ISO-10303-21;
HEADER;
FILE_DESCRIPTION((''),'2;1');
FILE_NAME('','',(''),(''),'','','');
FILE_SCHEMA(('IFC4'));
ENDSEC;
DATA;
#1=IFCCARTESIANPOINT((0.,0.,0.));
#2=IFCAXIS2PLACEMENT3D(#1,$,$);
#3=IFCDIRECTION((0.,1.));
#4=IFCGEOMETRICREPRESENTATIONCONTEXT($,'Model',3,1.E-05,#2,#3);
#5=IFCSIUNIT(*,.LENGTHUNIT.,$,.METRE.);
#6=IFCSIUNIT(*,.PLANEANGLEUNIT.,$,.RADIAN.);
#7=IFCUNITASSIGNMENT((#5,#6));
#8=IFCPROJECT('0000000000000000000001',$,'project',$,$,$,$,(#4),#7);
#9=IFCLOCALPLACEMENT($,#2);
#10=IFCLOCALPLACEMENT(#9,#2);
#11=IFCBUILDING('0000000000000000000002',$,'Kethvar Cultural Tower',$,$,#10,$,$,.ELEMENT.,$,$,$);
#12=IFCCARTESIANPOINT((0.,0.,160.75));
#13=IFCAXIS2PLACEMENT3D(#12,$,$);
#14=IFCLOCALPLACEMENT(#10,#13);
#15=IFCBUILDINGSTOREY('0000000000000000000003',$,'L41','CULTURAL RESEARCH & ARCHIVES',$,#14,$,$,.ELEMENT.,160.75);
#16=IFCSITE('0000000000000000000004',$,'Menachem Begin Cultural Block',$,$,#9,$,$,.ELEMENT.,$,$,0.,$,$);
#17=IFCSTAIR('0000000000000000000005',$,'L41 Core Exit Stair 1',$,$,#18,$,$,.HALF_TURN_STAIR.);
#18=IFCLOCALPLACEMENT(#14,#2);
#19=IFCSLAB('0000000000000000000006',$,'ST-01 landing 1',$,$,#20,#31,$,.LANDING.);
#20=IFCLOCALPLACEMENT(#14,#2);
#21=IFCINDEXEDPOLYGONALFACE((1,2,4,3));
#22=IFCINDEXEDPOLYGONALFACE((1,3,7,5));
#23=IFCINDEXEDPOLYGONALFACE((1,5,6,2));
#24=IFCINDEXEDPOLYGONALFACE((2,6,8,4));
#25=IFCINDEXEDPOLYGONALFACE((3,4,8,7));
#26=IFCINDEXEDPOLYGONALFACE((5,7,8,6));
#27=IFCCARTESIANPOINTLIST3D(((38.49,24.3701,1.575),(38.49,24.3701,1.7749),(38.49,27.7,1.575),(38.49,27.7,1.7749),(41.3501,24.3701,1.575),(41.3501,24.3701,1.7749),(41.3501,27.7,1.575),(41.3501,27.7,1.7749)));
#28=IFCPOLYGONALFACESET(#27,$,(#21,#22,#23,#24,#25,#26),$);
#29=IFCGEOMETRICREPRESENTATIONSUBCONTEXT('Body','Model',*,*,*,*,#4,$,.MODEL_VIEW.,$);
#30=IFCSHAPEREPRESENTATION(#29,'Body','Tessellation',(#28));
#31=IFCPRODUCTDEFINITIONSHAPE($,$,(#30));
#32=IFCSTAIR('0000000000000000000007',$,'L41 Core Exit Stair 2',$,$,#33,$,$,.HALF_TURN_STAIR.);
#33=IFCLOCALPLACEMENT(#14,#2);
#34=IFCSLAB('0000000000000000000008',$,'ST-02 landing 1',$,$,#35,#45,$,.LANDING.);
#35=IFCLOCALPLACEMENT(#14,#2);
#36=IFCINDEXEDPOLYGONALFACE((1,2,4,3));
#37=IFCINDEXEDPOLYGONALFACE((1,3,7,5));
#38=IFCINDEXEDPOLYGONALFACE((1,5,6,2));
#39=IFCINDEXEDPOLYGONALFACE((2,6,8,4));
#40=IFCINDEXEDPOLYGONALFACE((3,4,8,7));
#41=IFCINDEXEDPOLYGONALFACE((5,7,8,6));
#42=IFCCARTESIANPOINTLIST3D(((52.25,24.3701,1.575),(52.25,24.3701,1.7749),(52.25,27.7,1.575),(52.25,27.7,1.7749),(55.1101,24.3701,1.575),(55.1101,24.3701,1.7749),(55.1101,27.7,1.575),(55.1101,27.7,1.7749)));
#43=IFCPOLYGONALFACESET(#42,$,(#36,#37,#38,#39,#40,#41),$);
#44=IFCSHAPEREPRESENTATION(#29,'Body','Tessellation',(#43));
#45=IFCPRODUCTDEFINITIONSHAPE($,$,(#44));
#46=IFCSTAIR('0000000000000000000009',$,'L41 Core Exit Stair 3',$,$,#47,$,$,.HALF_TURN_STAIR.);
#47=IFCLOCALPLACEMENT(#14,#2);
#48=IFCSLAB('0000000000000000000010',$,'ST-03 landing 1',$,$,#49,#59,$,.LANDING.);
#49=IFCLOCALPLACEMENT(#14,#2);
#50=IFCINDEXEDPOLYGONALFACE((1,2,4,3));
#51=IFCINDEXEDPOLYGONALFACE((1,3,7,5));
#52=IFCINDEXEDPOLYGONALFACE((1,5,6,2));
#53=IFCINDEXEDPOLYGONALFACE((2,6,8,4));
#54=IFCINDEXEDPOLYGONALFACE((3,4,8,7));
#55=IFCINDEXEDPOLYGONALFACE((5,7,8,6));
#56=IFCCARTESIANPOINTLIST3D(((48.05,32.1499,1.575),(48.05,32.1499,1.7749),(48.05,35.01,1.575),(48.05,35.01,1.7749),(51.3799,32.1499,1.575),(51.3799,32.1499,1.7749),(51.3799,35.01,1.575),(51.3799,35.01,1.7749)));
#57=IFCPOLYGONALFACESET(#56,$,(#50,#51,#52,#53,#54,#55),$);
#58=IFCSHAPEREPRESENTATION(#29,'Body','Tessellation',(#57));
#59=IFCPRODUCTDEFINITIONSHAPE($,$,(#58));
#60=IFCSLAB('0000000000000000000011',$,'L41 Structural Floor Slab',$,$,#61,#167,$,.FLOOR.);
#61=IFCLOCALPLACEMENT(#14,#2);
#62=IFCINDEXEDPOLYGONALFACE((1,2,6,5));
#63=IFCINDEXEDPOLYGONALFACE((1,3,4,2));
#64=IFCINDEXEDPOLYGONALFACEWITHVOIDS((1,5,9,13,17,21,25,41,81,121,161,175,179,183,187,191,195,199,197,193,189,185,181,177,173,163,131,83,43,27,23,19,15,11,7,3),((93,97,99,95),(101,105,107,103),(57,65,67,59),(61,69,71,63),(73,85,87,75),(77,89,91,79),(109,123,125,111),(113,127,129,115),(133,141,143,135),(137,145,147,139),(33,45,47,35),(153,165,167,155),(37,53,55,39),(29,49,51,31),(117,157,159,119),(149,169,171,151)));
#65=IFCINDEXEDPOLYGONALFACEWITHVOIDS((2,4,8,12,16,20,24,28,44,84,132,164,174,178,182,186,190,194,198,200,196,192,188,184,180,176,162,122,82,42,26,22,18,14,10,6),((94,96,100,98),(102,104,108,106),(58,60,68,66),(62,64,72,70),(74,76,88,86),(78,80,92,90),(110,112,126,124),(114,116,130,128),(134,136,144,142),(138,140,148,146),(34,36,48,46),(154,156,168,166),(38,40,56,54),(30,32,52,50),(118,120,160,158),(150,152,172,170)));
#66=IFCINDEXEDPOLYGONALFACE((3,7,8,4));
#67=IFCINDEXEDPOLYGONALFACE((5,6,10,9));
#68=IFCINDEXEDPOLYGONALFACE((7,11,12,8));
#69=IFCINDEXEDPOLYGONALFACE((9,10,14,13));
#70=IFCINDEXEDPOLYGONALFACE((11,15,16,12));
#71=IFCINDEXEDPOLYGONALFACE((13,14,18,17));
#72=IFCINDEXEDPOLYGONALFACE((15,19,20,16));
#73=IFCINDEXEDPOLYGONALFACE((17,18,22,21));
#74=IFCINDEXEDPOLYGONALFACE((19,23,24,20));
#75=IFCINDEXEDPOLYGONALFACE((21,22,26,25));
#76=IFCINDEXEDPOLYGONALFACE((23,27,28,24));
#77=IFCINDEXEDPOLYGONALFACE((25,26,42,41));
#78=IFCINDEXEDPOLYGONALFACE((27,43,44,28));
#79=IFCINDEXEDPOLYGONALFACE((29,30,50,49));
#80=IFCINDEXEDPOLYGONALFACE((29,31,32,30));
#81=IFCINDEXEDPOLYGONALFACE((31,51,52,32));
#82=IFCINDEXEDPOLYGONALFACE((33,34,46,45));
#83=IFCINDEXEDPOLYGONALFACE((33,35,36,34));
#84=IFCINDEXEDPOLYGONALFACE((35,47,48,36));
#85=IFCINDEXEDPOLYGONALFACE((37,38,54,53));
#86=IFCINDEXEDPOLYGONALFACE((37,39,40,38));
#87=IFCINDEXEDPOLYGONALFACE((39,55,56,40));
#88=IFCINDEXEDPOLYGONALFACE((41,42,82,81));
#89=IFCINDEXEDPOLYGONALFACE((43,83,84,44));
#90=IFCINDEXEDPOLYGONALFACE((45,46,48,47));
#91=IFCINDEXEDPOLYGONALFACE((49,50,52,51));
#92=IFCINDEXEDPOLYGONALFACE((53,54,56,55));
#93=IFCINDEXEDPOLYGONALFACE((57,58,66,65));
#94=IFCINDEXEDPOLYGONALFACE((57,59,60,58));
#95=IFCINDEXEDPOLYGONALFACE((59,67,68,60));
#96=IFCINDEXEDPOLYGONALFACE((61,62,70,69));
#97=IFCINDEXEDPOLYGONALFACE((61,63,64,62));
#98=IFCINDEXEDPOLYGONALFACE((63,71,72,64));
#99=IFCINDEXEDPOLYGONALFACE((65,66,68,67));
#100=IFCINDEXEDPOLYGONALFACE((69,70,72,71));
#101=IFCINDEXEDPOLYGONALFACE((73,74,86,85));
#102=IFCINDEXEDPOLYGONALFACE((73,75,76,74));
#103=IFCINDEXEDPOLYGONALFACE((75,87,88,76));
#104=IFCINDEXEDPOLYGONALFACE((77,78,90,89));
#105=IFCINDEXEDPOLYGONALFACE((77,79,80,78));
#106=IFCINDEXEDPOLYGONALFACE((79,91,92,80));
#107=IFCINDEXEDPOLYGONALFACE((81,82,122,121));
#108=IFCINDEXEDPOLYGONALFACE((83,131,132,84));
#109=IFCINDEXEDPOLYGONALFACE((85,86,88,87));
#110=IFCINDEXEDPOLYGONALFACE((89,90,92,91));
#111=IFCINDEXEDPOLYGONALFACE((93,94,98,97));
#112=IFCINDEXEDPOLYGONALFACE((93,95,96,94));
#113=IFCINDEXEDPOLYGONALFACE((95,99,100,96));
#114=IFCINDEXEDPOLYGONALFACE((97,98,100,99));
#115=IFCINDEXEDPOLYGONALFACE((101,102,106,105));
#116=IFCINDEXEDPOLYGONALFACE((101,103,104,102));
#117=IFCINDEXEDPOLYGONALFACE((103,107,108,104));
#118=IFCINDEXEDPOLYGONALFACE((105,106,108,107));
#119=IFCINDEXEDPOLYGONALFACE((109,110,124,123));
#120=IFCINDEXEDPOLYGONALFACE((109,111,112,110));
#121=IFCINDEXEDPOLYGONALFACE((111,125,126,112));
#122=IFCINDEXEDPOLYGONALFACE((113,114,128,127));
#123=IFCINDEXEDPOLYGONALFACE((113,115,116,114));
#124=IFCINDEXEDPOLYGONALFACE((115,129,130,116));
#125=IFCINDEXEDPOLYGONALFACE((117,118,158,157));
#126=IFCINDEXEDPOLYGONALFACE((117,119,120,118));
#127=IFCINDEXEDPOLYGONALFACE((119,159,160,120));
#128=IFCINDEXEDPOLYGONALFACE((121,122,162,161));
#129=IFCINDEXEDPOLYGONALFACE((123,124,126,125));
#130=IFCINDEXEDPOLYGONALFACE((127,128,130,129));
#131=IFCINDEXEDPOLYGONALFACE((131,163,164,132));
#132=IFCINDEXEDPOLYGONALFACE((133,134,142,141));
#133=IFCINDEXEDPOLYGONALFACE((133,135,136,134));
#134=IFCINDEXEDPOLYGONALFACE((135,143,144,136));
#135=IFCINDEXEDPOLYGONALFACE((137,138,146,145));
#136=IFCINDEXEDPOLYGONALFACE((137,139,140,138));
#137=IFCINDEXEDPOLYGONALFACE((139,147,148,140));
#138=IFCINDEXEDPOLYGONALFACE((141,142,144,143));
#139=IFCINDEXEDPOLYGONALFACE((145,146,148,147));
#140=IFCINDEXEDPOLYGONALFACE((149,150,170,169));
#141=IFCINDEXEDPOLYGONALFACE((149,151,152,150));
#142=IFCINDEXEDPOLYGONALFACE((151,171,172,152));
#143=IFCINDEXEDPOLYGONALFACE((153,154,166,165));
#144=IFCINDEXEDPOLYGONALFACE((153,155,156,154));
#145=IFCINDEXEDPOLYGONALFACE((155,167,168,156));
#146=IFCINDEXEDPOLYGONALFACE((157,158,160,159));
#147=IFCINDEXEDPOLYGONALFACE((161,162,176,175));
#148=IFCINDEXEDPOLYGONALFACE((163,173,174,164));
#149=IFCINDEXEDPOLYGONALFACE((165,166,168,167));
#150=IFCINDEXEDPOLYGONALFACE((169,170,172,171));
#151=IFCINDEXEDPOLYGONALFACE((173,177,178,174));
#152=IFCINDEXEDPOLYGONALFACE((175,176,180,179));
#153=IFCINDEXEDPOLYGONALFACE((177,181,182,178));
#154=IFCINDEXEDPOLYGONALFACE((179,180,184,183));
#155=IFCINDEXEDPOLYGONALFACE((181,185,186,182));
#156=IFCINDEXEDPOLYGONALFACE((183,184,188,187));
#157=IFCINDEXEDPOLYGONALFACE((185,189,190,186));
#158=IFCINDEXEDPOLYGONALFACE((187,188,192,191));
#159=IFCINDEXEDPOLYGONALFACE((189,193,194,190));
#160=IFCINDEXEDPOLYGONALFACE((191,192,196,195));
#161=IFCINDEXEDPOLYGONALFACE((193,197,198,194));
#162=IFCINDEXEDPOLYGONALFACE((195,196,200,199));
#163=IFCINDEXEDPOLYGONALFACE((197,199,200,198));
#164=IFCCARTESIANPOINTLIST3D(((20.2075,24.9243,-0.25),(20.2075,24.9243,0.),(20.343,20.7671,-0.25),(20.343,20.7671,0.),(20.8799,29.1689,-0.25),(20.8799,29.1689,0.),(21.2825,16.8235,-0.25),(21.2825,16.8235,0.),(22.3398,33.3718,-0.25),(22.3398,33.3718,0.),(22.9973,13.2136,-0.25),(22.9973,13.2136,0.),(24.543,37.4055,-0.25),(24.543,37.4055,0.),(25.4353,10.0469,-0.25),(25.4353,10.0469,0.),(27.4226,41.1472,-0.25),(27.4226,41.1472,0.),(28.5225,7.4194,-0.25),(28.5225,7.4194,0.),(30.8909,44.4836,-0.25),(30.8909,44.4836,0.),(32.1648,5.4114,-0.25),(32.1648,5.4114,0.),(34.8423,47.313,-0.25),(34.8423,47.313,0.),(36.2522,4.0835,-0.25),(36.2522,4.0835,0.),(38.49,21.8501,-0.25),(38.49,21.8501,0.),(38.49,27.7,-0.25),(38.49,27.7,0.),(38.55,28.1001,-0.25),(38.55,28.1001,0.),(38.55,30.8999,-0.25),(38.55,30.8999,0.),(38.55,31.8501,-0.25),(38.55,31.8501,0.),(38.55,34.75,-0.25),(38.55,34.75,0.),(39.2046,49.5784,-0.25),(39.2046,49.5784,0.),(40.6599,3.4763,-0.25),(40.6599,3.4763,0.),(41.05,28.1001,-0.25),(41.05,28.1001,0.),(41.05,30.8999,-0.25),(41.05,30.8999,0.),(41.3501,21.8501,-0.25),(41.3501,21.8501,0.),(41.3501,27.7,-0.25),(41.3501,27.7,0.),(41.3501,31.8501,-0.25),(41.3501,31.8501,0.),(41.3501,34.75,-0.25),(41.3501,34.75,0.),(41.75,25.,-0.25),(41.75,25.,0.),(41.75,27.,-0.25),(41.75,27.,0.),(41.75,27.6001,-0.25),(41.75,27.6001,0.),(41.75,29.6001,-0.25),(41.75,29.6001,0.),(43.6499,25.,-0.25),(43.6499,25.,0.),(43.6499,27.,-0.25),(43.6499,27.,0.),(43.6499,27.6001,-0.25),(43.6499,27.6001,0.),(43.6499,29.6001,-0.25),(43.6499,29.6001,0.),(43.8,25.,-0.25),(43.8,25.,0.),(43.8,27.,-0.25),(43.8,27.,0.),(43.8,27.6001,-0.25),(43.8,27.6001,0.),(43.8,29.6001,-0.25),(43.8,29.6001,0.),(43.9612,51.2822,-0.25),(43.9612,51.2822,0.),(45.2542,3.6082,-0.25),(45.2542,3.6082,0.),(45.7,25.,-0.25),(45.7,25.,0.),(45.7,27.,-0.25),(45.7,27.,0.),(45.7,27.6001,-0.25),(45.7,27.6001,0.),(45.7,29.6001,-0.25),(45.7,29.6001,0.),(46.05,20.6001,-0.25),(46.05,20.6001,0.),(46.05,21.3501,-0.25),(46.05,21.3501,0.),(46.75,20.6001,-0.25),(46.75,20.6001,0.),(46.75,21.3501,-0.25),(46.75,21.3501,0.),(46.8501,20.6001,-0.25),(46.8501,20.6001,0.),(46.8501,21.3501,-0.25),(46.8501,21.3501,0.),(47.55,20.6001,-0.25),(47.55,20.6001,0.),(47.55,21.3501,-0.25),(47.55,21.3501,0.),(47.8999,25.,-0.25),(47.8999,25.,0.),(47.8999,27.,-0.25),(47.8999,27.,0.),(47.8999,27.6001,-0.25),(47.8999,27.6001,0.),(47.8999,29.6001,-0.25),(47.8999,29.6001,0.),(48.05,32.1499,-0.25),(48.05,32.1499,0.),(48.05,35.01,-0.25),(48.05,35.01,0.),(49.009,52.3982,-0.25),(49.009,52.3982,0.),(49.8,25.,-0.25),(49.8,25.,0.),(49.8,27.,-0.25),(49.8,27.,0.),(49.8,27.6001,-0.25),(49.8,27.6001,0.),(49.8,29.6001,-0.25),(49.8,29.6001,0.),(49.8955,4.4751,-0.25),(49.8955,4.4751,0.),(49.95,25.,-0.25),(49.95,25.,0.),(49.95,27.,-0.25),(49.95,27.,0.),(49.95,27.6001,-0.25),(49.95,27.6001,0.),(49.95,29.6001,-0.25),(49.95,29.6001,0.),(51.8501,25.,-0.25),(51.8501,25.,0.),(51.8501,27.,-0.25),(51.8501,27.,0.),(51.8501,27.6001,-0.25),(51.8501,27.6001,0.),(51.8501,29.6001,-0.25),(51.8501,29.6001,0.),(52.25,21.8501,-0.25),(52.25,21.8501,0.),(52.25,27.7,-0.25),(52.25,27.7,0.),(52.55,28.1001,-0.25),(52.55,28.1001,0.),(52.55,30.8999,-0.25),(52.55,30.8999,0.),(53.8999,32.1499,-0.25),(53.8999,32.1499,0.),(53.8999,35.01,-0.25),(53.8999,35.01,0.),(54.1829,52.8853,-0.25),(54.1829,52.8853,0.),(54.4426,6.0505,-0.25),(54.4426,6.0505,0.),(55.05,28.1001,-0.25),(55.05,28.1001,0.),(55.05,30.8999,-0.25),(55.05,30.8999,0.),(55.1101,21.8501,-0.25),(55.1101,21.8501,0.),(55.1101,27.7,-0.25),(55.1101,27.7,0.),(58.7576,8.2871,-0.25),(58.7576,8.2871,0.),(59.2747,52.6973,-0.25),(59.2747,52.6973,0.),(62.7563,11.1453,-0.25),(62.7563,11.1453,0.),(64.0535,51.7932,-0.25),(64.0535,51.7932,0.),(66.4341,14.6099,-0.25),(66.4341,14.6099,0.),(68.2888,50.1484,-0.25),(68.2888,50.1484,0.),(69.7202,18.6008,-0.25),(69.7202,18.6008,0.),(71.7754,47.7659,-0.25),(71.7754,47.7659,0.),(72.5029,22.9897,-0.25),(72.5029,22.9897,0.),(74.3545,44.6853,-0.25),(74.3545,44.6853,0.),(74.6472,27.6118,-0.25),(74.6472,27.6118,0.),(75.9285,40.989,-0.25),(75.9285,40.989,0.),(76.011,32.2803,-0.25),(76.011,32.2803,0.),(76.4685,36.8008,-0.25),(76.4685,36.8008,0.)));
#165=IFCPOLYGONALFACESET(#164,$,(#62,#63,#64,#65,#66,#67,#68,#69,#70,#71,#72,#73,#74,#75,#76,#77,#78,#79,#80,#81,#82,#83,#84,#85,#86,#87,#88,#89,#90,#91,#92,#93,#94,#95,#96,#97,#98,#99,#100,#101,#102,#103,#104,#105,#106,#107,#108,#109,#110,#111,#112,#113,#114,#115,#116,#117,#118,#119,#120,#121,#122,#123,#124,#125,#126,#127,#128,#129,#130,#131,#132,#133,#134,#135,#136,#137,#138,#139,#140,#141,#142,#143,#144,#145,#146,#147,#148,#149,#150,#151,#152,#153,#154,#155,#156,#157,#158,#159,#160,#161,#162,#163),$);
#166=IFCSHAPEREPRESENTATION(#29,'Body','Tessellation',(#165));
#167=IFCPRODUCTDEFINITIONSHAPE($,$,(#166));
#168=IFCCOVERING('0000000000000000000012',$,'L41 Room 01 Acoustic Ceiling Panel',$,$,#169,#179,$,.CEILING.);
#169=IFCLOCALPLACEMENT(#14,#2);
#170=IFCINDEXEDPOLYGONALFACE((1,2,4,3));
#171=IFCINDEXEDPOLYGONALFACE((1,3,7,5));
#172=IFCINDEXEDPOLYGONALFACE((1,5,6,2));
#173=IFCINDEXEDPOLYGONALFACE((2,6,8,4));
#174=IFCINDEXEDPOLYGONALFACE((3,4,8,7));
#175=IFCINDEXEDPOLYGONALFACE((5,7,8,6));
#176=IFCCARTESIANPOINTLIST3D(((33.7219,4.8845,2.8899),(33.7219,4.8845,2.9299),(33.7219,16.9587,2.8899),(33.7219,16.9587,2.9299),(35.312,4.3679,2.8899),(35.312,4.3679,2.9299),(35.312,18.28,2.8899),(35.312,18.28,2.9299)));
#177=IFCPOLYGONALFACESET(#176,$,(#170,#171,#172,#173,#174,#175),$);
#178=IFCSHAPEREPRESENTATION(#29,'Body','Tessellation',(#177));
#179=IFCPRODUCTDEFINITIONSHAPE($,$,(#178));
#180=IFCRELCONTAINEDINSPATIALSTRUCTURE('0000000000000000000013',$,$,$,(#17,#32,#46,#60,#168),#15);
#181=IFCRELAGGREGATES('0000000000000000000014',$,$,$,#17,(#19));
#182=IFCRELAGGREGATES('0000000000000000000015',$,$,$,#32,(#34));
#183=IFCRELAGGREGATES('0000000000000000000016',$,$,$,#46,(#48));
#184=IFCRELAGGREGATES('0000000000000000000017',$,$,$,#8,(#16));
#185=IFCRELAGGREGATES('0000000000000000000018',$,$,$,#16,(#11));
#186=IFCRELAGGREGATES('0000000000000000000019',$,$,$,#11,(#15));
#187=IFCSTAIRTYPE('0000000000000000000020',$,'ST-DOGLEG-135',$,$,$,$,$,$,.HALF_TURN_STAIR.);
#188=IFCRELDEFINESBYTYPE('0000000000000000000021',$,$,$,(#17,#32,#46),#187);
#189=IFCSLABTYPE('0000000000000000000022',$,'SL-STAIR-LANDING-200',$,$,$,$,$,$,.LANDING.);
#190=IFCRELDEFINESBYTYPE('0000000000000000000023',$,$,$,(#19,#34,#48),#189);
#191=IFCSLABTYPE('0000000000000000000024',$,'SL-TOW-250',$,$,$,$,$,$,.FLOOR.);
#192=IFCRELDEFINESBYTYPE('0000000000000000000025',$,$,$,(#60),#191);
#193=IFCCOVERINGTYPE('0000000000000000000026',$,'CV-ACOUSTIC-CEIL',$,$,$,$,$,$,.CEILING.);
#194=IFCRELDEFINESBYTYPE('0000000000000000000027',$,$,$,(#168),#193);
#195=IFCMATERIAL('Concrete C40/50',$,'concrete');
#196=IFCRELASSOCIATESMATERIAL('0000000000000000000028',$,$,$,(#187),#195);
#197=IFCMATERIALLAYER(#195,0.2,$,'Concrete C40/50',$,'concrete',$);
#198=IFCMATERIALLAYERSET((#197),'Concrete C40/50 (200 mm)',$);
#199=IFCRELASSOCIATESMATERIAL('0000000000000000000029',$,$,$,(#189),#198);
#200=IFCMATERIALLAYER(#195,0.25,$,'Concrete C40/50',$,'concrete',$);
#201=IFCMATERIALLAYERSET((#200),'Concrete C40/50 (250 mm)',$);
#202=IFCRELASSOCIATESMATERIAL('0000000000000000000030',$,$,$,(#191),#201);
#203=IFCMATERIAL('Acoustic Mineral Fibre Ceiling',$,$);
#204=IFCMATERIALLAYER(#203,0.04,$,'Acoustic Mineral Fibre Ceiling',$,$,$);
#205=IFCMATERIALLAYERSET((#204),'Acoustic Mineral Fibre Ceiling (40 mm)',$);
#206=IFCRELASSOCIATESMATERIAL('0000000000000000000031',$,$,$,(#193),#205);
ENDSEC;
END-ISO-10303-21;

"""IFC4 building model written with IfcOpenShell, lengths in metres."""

from ifc_helpers import new_model, si_unit, direction, frame, origin, place, context, subcontext, project, spatial, polyline, outline, extrude, material, layer, layer_set, type_object, element, aggregate, save


model = new_model("IFC4")

# Units and contexts
model_context = context("Model", 3, precision=1e-05, world=origin(), true_north=direction((0.0, 1.0)))
body_context = subcontext(model_context, "Body", "Model", "MODEL_VIEW")
ifc_project = project(units=[si_unit("LENGTHUNIT", "METRE"), si_unit("PLANEANGLEUNIT", "RADIAN")], contexts=[model_context])

# Site, building, storey
site_placement = place(None, origin())
site = spatial("IfcSite", under=ifc_project, at=site_placement, Name="Menachem Begin Cultural Block", CompositionType="ELEMENT", RefElevation=0.0)
building_placement = place(site_placement, origin())
building = spatial("IfcBuilding", under=site, at=building_placement, Name="Kethvar Cultural Tower", CompositionType="ELEMENT")
storey_placement = place(building_placement, frame((0.0, 0.0, 160.75)))
storey = spatial("IfcBuildingStorey", under=building, at=storey_placement, Name="L41", Description="CULTURAL RESEARCH & ARCHIVES", CompositionType="ELEMENT", Elevation=160.75)

# Stairs, slabs
ifc_material_1 = material(Name="Concrete C40/50", Category="concrete")
stair_type = type_object("IfcStairType", Name="ST-DOGLEG-135", PredefinedType="HALF_TURN_STAIR", material=ifc_material_1)
stair_1_placement = place(storey_placement, origin())
stair_1 = element("IfcStair", 1, at=stair_1_placement, inside=storey, type_object=stair_type, Name="L41 Core Exit Stair 1", PredefinedType="HALF_TURN_STAIR")
ifc_layer_1 = layer(ifc_material_1, 0.2, Name="Concrete C40/50", Category="concrete")
ifc_layer_set_1 = layer_set([ifc_layer_1], Name="Concrete C40/50 (200 mm)")
slab_type_1 = type_object("IfcSlabType", Name="SL-STAIR-LANDING-200", PredefinedType="LANDING", material=ifc_layer_set_1)
slab_1_placement = place(storey_placement, frame((0.0, 0.0, 1.575)))
slab_1 = element("IfcSlab", 2, at=slab_1_placement, type_object=slab_type_1, Name="ST-01 landing 1", PredefinedType="LANDING", context=body_context, shape_type="SweptSolid", body=[
    extrude(outline(polyline([(41.3501, 24.3701), (41.3501, 27.7), (38.49, 27.7), (38.49, 24.3701), (41.3501, 24.3701)])), origin(), (0.0, 0.0, 1.0), 0.2),
])
aggregate(stair_1, [slab_1])
stair_2_placement = place(storey_placement, origin())
stair_2 = element("IfcStair", 3, at=stair_2_placement, inside=storey, type_object=stair_type, Name="L41 Core Exit Stair 2", PredefinedType="HALF_TURN_STAIR")
slab_2_placement = place(storey_placement, frame((0.0, 0.0, 1.575)))
slab_2 = element("IfcSlab", 4, at=slab_2_placement, type_object=slab_type_1, Name="ST-02 landing 1", PredefinedType="LANDING", context=body_context, shape_type="SweptSolid", body=[
    extrude(outline(polyline([(55.1101, 24.3701), (55.1101, 27.7), (52.25, 27.7), (52.25, 24.3701), (55.1101, 24.3701)])), origin(), (0.0, 0.0, 1.0), 0.2),
])
aggregate(stair_2, [slab_2])
stair_3_placement = place(storey_placement, origin())
stair_3 = element("IfcStair", 5, at=stair_3_placement, inside=storey, type_object=stair_type, Name="L41 Core Exit Stair 3", PredefinedType="HALF_TURN_STAIR")
slab_3_placement = place(storey_placement, frame((0.0, 0.0, 1.575)))
slab_3 = element("IfcSlab", 6, at=slab_3_placement, type_object=slab_type_1, Name="ST-03 landing 1", PredefinedType="LANDING", context=body_context, shape_type="SweptSolid", body=[
    extrude(outline(polyline([(51.3799, 35.01), (48.05, 35.01), (48.05, 32.1499), (51.3799, 32.1499), (51.3799, 35.01)])), origin(), (0.0, 0.0, 1.0), 0.2),
])
aggregate(stair_3, [slab_3])

# Slab
ifc_layer_2 = layer(ifc_material_1, 0.25, Name="Concrete C40/50", Category="concrete")
ifc_layer_set_2 = layer_set([ifc_layer_2], Name="Concrete C40/50 (250 mm)")
slab_type_2 = type_object("IfcSlabType", Name="SL-TOW-250", PredefinedType="FLOOR", material=ifc_layer_set_2)
slab_4_placement = place(storey_placement, frame((0.0, 0.0, -0.25)))
element("IfcSlab", 7, at=slab_4_placement, inside=storey, type_object=slab_type_2, Name="L41 Structural Floor Slab", PredefinedType="FLOOR", context=body_context, shape_type="SweptSolid", body=[
    extrude(outline(polyline([(74.3545, 44.6853), (71.7754, 47.7659), (68.2888, 50.1484), (64.0535, 51.7932), (59.2747, 52.6973), (54.1829, 52.8853), (49.009, 52.3982), (43.9612, 51.2822), (39.2046, 49.5784), (34.8423, 47.313), (30.8909, 44.4836), (27.4226, 41.1472), (24.543, 37.4055), (22.3398, 33.3718), (20.8799, 29.1689), (20.2075, 24.9243), (20.343, 20.7671), (21.2825, 16.8235), (22.9973, 13.2136), (25.4353, 10.0469), (28.5225, 7.4194), (32.1648, 5.4114), (36.2522, 4.0835), (40.6599, 3.4763), (45.2542, 3.6082), (49.8955, 4.4751), (54.4426, 6.0505), (58.7576, 8.2871), (62.7563, 11.1453), (66.4341, 14.6099), (69.7202, 18.6008), (72.5029, 22.9897), (74.6472, 27.6118), (76.011, 32.2803), (76.4685, 36.8008), (75.9285, 40.989), (74.3545, 44.6853)]), holes=[polyline([(38.49, 21.8501), (38.49, 27.7), (41.3501, 27.7), (41.3501, 21.8501), (38.49, 21.8501)]), polyline([(52.25, 21.8501), (52.25, 27.7), (55.1101, 27.7), (55.1101, 21.8501), (52.25, 21.8501)]), polyline([(53.8999, 32.1499), (48.05, 32.1499), (48.05, 35.01), (53.8999, 35.01), (53.8999, 32.1499)]), polyline([(41.75, 27.0), (43.6499, 27.0), (43.6499, 25.0), (41.75, 25.0), (41.75, 27.0)]), polyline([(43.8, 27.0), (45.7, 27.0), (45.7, 25.0), (43.8, 25.0), (43.8, 27.0)]), polyline([(47.8999, 27.0), (49.8, 27.0), (49.8, 25.0), (47.8999, 25.0), (47.8999, 27.0)]), polyline([(49.95, 27.0), (51.8501, 27.0), (51.8501, 25.0), (49.95, 25.0), (49.95, 27.0)]), polyline([(41.75, 29.6001), (43.6499, 29.6001), (43.6499, 27.6001), (41.75, 27.6001), (41.75, 29.6001)]), polyline([(43.8, 29.6001), (45.7, 29.6001), (45.7, 27.6001), (43.8, 27.6001), (43.8, 29.6001)]), polyline([(47.8999, 29.6001), (49.8, 29.6001), (49.8, 27.6001), (47.8999, 27.6001), (47.8999, 29.6001)]), polyline([(49.95, 29.6001), (51.8501, 29.6001), (51.8501, 27.6001), (49.95, 27.6001), (49.95, 29.6001)]), polyline([(38.55, 30.8999), (41.05, 30.8999), (41.05, 28.1001), (38.55, 28.1001), (38.55, 30.8999)]), polyline([(52.55, 30.8999), (55.05, 30.8999), (55.05, 28.1001), (52.55, 28.1001), (52.55, 30.8999)]), polyline([(38.55, 34.75), (41.3501, 34.75), (41.3501, 31.8501), (38.55, 31.8501), (38.55, 34.75)]), polyline([(46.05, 21.3501), (46.75, 21.3501), (46.75, 20.6001), (46.05, 20.6001), (46.05, 21.3501)]), polyline([(46.8501, 21.3501), (47.55, 21.3501), (47.55, 20.6001), (46.8501, 20.6001), (46.8501, 21.3501)])]), origin(), (0.0, 0.0, 1.0), 0.25),
])

# Covering
ifc_material_2 = material(Name="Acoustic Mineral Fibre Ceiling")
ifc_layer_3 = layer(ifc_material_2, 0.04, Name="Acoustic Mineral Fibre Ceiling")
ifc_layer_set_3 = layer_set([ifc_layer_3], Name="Acoustic Mineral Fibre Ceiling (40 mm)")
covering_type_1 = type_object("IfcCoveringType", Name="CV-ACOUSTIC-CEIL", PredefinedType="CEILING", material=ifc_layer_set_3)
covering_1_placement = place(storey_placement, frame((0.0, 0.0, 2.8899)))
element("IfcCovering", 8, at=covering_1_placement, inside=storey, type_object=covering_type_1, Name="L41 Room 01 Acoustic Ceiling Panel", PredefinedType="CEILING", context=body_context, shape_type="SweptSolid", body=[
    extrude(outline(polyline([(35.312, 18.28), (35.312, 4.3679), (33.7219, 4.8845), (33.7219, 16.9587), (35.312, 18.28)])), origin(), (0.0, 0.0, 1.0), 0.04),
])

save(model, "model.ifc")
